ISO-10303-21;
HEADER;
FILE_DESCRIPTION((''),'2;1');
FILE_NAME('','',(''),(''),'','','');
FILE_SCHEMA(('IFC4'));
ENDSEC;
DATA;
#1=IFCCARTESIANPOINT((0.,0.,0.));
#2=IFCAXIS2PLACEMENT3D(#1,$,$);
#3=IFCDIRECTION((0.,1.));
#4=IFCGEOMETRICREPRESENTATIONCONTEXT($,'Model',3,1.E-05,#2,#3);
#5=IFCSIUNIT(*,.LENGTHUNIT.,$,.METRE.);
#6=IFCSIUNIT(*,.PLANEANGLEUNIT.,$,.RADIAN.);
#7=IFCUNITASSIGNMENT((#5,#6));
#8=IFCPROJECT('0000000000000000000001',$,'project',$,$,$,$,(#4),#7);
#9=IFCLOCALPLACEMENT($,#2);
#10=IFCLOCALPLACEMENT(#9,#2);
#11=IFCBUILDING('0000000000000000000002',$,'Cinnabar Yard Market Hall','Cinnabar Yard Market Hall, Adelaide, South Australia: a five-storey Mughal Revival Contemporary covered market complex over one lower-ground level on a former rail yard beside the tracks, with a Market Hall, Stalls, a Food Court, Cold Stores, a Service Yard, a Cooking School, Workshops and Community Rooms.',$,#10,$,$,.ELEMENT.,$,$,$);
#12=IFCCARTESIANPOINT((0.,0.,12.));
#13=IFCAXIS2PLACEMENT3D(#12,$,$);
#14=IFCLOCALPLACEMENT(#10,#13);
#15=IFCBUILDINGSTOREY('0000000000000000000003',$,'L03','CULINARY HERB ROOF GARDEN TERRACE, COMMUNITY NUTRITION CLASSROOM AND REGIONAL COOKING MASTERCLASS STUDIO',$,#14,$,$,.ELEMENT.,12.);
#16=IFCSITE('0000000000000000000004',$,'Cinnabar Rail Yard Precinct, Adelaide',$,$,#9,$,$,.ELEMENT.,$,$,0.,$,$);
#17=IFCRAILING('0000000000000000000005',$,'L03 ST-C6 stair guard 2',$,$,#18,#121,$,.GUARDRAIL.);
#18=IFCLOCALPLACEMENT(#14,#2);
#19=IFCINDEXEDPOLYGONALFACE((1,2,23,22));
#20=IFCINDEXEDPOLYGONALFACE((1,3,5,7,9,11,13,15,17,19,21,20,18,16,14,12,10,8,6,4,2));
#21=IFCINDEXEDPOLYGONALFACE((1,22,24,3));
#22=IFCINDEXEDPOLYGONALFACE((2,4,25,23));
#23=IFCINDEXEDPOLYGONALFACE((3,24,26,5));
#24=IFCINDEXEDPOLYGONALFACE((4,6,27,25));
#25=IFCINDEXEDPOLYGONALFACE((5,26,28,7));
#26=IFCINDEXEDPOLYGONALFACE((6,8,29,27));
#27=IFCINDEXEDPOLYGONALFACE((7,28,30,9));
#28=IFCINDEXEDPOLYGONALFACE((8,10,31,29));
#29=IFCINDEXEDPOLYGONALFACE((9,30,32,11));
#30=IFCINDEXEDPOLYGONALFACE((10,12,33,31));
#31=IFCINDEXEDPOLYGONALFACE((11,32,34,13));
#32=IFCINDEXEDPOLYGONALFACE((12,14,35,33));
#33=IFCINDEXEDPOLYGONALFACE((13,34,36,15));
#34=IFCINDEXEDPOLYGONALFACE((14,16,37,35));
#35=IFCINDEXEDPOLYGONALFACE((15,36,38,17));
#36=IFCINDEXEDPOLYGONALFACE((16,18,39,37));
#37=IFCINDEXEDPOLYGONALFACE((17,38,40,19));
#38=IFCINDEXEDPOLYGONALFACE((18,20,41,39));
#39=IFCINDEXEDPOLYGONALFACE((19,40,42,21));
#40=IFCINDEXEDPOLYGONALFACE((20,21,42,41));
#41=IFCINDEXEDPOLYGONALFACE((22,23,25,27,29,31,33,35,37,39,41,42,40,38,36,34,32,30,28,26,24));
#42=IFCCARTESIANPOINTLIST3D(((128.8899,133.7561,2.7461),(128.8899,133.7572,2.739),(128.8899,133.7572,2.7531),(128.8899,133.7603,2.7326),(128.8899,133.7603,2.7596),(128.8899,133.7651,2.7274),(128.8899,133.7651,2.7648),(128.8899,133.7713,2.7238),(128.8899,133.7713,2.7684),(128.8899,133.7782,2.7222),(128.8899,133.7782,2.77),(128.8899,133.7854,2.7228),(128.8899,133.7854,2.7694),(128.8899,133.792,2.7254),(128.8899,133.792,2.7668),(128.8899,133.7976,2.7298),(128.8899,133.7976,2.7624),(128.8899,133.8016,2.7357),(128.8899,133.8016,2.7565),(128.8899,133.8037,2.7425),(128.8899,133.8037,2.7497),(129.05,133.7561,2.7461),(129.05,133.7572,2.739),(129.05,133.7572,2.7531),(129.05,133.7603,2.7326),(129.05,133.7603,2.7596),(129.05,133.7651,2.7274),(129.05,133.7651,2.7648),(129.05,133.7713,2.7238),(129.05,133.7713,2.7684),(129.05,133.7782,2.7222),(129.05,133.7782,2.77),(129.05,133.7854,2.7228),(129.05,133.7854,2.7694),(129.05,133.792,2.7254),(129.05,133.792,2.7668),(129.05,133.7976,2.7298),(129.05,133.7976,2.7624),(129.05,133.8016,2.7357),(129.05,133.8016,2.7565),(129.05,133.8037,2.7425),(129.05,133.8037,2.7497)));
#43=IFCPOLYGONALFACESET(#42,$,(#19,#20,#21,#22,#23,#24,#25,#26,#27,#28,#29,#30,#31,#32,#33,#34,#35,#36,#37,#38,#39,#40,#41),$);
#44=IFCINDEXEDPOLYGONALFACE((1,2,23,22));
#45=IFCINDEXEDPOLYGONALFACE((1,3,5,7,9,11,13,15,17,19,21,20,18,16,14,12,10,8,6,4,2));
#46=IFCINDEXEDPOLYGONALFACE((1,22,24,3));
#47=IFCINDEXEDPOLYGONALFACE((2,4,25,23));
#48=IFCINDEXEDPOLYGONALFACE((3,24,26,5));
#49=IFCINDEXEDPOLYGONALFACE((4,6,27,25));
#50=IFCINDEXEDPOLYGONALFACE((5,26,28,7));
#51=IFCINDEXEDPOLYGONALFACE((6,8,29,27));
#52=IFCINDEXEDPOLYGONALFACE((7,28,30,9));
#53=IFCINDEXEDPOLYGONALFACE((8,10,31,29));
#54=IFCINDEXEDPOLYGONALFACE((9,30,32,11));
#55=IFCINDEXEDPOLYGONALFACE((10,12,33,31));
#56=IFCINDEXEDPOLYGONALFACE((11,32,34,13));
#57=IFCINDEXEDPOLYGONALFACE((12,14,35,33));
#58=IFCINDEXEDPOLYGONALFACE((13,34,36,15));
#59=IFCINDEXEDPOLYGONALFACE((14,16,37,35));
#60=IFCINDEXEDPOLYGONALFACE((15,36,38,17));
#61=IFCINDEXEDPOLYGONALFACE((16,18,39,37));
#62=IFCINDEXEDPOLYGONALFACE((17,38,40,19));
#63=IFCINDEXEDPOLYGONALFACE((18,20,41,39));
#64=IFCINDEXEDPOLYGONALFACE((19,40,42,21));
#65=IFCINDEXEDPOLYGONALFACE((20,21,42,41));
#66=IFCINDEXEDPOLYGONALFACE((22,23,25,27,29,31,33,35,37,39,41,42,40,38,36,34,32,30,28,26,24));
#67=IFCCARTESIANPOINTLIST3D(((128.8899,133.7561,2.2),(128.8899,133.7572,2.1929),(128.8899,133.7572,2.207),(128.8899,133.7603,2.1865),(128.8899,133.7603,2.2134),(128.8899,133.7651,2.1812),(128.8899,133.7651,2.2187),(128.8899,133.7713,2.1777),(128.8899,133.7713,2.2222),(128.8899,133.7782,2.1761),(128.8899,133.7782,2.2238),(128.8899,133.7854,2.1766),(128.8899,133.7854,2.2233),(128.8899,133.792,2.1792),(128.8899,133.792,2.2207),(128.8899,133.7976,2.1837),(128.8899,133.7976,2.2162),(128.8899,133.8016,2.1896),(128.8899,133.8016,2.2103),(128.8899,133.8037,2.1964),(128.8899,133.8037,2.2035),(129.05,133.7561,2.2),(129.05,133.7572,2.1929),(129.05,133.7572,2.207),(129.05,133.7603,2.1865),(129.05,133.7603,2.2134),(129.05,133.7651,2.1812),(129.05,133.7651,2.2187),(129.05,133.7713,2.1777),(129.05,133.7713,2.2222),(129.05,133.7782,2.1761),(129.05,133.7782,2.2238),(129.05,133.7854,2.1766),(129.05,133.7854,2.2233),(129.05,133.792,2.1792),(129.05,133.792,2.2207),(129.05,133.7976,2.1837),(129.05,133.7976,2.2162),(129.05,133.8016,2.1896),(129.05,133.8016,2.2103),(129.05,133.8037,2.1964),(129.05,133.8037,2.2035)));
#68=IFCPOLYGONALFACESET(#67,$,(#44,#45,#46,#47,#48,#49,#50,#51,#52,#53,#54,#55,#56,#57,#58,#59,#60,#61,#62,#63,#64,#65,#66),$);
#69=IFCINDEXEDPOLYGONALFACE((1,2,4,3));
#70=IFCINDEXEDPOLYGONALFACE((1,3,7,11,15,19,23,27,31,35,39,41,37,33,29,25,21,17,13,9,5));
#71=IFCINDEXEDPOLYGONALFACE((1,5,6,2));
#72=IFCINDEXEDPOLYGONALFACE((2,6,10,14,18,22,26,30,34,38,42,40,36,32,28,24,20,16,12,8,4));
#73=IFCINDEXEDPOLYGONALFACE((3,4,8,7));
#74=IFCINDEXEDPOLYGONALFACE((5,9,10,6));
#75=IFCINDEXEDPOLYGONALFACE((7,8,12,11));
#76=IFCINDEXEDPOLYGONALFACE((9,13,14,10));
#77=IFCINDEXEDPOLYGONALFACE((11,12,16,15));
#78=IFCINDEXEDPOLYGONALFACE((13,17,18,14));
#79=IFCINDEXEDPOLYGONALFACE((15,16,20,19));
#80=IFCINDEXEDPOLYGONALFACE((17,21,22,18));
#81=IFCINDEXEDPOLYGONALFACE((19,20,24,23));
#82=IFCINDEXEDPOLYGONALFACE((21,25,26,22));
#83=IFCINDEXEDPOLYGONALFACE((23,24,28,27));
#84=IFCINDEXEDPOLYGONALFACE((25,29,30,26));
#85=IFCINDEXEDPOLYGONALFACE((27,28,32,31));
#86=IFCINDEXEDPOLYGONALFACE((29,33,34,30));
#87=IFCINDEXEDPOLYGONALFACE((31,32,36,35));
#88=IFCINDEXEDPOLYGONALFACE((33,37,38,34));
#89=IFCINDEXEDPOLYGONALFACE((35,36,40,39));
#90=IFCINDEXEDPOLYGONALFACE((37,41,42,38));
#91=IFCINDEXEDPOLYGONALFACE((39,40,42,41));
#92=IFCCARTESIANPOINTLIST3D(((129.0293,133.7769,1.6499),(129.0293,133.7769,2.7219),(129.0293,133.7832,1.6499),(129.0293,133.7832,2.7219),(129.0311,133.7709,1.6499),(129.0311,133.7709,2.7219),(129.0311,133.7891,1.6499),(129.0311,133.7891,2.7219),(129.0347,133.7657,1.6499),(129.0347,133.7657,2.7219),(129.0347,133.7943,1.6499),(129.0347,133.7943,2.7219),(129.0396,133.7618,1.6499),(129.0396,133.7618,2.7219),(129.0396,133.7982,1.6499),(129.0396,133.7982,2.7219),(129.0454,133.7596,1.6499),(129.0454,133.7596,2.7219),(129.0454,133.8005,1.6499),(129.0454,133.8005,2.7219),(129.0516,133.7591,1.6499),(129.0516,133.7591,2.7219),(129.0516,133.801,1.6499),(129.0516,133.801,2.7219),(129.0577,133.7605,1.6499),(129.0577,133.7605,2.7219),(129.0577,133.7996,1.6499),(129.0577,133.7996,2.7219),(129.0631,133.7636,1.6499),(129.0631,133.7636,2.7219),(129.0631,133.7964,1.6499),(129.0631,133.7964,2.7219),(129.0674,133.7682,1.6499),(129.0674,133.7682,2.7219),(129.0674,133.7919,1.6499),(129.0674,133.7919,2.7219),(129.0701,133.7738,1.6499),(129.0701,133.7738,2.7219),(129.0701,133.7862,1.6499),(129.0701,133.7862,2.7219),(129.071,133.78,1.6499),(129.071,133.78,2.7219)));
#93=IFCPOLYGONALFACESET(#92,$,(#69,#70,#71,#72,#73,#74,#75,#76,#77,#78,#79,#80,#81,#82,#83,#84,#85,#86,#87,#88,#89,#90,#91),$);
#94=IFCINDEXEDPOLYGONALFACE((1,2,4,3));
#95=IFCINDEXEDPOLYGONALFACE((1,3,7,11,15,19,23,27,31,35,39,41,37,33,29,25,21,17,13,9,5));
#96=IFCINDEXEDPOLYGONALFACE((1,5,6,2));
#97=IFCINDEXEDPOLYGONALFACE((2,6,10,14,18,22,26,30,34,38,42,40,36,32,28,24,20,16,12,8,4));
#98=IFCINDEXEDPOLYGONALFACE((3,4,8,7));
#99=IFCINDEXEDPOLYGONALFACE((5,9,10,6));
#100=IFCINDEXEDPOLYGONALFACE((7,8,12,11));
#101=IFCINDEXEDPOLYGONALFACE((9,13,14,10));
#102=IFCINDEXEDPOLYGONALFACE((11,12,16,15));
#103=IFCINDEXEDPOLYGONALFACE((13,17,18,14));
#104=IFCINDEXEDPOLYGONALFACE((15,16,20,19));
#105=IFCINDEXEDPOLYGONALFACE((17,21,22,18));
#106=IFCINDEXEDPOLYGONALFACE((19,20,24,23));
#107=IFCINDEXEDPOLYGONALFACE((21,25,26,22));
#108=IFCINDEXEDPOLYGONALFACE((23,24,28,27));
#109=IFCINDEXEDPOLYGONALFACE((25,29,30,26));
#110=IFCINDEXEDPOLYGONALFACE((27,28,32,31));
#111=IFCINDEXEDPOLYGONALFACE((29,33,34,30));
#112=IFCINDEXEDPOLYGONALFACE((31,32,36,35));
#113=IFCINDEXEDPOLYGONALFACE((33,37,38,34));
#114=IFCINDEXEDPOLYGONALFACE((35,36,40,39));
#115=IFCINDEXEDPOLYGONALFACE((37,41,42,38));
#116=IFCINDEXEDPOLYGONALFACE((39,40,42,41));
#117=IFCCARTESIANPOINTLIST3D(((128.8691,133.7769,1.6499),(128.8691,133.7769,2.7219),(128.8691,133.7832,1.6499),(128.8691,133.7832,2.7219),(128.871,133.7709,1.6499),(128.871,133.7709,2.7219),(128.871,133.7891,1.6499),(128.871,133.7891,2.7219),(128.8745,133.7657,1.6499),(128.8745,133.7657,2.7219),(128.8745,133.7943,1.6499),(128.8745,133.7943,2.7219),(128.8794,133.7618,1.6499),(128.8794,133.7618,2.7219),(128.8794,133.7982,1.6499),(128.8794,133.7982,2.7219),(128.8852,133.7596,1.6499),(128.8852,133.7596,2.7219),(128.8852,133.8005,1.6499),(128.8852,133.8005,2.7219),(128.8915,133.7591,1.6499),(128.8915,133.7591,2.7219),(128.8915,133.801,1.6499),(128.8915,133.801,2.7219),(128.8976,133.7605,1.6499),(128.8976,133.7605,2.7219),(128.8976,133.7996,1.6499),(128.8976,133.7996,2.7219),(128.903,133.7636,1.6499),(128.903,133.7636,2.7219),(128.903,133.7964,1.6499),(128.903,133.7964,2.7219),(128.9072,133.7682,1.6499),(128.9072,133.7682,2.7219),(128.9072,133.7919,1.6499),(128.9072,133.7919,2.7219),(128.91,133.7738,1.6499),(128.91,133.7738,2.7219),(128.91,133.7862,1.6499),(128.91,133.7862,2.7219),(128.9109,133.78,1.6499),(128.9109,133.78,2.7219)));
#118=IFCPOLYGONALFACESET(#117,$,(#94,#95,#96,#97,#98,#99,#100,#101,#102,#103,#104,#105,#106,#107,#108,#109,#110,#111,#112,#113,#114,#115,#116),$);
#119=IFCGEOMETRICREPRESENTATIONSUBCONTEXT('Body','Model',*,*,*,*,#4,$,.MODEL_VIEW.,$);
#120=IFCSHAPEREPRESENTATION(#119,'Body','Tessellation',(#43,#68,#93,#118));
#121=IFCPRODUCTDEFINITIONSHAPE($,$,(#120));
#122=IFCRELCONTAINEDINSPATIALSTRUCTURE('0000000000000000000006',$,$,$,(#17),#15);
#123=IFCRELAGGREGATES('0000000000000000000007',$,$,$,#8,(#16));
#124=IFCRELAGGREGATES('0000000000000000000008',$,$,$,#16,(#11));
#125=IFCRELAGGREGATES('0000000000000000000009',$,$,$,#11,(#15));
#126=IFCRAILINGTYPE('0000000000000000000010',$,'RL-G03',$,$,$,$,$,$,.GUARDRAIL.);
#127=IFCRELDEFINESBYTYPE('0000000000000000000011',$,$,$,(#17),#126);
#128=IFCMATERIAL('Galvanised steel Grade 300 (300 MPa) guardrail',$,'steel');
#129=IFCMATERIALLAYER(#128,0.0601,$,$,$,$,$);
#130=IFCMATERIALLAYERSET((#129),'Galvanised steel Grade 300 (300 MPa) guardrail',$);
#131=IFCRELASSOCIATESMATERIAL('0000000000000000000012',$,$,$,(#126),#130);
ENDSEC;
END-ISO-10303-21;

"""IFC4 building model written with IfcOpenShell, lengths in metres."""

from ifc_helpers import new_model, si_unit, direction, frame, origin, origin_2d_with_axis, place, context, subcontext, project, spatial, circle, extrude, material, layer, layer_set, type_object, element, save


model = new_model("IFC4")

# Units and contexts
model_context = context("Model", 3, precision=1e-05, world=origin(), true_north=direction((0.0, 1.0)))
body_context = subcontext(model_context, "Body", "Model", "MODEL_VIEW")
ifc_project = project(units=[si_unit("LENGTHUNIT", "METRE"), si_unit("PLANEANGLEUNIT", "RADIAN")], contexts=[model_context])

# Site, building, storey
site_placement = place(None, origin())
site = spatial("IfcSite", under=ifc_project, at=site_placement, Name="Cinnabar Rail Yard Precinct, Adelaide", CompositionType="ELEMENT", RefElevation=0.0)
building_placement = place(site_placement, origin())
building = spatial("IfcBuilding", under=site, at=building_placement, Name="Cinnabar Yard Market Hall", Description="Cinnabar Yard Market Hall, Adelaide, South Australia: a five-storey Mughal Revival Contemporary covered market complex over one lower-ground level on a former rail yard beside the tracks, with a Market Hall, Stalls, a Food Court, Cold Stores, a Service Yard, a Cooking School, Workshops and Community Rooms.", CompositionType="ELEMENT")
storey_placement = place(building_placement, frame((0.0, 0.0, 12.0)))
storey = spatial("IfcBuildingStorey", under=building, at=storey_placement, Name="L03", Description="CULINARY HERB ROOF GARDEN TERRACE, COMMUNITY NUTRITION CLASSROOM AND REGIONAL COOKING MASTERCLASS STUDIO", CompositionType="ELEMENT", Elevation=12.0)

# Railing
ifc_material_1 = material(Name="Galvanised steel Grade 300 (300 MPa) guardrail", Category="steel")
ifc_layer_1 = layer(ifc_material_1, 0.0601)
ifc_layer_set_1 = layer_set([ifc_layer_1], Name="Galvanised steel Grade 300 (300 MPa) guardrail")
railing_type_1 = type_object("IfcRailingType", Name="RL-G03", PredefinedType="GUARDRAIL", material=ifc_layer_set_1)
railing_1_placement = place(storey_placement, frame((129.05, 133.78, 1.6499)))
element("IfcRailing", 1, at=railing_1_placement, inside=storey, type_object=railing_type_1, Name="L03 ST-C6 stair guard 2", PredefinedType="GUARDRAIL", context=body_context, shape_type="SweptSolid", body=[
    extrude(circle(Radius=0.0239, at=origin_2d_with_axis()), frame((0.0, 0.0, 1.0962), z_axis=(-1.0, 0.0, 0.0), x_axis=(0.0, -1.0, 0.0)), (0.0, 0.0, 1.0), 0.1602),
    extrude(circle(Radius=0.0239, at=origin_2d_with_axis()), frame((0.0, 0.0, 0.55), z_axis=(-1.0, 0.0, 0.0), x_axis=(0.0, -1.0, 0.0)), (0.0, 0.0, 1.0), 0.1602),
    extrude(circle(Radius=0.021, at=origin_2d_with_axis()), origin(), (0.0, 0.0, 1.0), 1.072),
    extrude(circle(Radius=0.021, at=origin_2d_with_axis()), frame((-0.1602, 0.0, 0.0)), (0.0, 0.0, 1.0), 1.072),
])

save(model, "model.ifc")
